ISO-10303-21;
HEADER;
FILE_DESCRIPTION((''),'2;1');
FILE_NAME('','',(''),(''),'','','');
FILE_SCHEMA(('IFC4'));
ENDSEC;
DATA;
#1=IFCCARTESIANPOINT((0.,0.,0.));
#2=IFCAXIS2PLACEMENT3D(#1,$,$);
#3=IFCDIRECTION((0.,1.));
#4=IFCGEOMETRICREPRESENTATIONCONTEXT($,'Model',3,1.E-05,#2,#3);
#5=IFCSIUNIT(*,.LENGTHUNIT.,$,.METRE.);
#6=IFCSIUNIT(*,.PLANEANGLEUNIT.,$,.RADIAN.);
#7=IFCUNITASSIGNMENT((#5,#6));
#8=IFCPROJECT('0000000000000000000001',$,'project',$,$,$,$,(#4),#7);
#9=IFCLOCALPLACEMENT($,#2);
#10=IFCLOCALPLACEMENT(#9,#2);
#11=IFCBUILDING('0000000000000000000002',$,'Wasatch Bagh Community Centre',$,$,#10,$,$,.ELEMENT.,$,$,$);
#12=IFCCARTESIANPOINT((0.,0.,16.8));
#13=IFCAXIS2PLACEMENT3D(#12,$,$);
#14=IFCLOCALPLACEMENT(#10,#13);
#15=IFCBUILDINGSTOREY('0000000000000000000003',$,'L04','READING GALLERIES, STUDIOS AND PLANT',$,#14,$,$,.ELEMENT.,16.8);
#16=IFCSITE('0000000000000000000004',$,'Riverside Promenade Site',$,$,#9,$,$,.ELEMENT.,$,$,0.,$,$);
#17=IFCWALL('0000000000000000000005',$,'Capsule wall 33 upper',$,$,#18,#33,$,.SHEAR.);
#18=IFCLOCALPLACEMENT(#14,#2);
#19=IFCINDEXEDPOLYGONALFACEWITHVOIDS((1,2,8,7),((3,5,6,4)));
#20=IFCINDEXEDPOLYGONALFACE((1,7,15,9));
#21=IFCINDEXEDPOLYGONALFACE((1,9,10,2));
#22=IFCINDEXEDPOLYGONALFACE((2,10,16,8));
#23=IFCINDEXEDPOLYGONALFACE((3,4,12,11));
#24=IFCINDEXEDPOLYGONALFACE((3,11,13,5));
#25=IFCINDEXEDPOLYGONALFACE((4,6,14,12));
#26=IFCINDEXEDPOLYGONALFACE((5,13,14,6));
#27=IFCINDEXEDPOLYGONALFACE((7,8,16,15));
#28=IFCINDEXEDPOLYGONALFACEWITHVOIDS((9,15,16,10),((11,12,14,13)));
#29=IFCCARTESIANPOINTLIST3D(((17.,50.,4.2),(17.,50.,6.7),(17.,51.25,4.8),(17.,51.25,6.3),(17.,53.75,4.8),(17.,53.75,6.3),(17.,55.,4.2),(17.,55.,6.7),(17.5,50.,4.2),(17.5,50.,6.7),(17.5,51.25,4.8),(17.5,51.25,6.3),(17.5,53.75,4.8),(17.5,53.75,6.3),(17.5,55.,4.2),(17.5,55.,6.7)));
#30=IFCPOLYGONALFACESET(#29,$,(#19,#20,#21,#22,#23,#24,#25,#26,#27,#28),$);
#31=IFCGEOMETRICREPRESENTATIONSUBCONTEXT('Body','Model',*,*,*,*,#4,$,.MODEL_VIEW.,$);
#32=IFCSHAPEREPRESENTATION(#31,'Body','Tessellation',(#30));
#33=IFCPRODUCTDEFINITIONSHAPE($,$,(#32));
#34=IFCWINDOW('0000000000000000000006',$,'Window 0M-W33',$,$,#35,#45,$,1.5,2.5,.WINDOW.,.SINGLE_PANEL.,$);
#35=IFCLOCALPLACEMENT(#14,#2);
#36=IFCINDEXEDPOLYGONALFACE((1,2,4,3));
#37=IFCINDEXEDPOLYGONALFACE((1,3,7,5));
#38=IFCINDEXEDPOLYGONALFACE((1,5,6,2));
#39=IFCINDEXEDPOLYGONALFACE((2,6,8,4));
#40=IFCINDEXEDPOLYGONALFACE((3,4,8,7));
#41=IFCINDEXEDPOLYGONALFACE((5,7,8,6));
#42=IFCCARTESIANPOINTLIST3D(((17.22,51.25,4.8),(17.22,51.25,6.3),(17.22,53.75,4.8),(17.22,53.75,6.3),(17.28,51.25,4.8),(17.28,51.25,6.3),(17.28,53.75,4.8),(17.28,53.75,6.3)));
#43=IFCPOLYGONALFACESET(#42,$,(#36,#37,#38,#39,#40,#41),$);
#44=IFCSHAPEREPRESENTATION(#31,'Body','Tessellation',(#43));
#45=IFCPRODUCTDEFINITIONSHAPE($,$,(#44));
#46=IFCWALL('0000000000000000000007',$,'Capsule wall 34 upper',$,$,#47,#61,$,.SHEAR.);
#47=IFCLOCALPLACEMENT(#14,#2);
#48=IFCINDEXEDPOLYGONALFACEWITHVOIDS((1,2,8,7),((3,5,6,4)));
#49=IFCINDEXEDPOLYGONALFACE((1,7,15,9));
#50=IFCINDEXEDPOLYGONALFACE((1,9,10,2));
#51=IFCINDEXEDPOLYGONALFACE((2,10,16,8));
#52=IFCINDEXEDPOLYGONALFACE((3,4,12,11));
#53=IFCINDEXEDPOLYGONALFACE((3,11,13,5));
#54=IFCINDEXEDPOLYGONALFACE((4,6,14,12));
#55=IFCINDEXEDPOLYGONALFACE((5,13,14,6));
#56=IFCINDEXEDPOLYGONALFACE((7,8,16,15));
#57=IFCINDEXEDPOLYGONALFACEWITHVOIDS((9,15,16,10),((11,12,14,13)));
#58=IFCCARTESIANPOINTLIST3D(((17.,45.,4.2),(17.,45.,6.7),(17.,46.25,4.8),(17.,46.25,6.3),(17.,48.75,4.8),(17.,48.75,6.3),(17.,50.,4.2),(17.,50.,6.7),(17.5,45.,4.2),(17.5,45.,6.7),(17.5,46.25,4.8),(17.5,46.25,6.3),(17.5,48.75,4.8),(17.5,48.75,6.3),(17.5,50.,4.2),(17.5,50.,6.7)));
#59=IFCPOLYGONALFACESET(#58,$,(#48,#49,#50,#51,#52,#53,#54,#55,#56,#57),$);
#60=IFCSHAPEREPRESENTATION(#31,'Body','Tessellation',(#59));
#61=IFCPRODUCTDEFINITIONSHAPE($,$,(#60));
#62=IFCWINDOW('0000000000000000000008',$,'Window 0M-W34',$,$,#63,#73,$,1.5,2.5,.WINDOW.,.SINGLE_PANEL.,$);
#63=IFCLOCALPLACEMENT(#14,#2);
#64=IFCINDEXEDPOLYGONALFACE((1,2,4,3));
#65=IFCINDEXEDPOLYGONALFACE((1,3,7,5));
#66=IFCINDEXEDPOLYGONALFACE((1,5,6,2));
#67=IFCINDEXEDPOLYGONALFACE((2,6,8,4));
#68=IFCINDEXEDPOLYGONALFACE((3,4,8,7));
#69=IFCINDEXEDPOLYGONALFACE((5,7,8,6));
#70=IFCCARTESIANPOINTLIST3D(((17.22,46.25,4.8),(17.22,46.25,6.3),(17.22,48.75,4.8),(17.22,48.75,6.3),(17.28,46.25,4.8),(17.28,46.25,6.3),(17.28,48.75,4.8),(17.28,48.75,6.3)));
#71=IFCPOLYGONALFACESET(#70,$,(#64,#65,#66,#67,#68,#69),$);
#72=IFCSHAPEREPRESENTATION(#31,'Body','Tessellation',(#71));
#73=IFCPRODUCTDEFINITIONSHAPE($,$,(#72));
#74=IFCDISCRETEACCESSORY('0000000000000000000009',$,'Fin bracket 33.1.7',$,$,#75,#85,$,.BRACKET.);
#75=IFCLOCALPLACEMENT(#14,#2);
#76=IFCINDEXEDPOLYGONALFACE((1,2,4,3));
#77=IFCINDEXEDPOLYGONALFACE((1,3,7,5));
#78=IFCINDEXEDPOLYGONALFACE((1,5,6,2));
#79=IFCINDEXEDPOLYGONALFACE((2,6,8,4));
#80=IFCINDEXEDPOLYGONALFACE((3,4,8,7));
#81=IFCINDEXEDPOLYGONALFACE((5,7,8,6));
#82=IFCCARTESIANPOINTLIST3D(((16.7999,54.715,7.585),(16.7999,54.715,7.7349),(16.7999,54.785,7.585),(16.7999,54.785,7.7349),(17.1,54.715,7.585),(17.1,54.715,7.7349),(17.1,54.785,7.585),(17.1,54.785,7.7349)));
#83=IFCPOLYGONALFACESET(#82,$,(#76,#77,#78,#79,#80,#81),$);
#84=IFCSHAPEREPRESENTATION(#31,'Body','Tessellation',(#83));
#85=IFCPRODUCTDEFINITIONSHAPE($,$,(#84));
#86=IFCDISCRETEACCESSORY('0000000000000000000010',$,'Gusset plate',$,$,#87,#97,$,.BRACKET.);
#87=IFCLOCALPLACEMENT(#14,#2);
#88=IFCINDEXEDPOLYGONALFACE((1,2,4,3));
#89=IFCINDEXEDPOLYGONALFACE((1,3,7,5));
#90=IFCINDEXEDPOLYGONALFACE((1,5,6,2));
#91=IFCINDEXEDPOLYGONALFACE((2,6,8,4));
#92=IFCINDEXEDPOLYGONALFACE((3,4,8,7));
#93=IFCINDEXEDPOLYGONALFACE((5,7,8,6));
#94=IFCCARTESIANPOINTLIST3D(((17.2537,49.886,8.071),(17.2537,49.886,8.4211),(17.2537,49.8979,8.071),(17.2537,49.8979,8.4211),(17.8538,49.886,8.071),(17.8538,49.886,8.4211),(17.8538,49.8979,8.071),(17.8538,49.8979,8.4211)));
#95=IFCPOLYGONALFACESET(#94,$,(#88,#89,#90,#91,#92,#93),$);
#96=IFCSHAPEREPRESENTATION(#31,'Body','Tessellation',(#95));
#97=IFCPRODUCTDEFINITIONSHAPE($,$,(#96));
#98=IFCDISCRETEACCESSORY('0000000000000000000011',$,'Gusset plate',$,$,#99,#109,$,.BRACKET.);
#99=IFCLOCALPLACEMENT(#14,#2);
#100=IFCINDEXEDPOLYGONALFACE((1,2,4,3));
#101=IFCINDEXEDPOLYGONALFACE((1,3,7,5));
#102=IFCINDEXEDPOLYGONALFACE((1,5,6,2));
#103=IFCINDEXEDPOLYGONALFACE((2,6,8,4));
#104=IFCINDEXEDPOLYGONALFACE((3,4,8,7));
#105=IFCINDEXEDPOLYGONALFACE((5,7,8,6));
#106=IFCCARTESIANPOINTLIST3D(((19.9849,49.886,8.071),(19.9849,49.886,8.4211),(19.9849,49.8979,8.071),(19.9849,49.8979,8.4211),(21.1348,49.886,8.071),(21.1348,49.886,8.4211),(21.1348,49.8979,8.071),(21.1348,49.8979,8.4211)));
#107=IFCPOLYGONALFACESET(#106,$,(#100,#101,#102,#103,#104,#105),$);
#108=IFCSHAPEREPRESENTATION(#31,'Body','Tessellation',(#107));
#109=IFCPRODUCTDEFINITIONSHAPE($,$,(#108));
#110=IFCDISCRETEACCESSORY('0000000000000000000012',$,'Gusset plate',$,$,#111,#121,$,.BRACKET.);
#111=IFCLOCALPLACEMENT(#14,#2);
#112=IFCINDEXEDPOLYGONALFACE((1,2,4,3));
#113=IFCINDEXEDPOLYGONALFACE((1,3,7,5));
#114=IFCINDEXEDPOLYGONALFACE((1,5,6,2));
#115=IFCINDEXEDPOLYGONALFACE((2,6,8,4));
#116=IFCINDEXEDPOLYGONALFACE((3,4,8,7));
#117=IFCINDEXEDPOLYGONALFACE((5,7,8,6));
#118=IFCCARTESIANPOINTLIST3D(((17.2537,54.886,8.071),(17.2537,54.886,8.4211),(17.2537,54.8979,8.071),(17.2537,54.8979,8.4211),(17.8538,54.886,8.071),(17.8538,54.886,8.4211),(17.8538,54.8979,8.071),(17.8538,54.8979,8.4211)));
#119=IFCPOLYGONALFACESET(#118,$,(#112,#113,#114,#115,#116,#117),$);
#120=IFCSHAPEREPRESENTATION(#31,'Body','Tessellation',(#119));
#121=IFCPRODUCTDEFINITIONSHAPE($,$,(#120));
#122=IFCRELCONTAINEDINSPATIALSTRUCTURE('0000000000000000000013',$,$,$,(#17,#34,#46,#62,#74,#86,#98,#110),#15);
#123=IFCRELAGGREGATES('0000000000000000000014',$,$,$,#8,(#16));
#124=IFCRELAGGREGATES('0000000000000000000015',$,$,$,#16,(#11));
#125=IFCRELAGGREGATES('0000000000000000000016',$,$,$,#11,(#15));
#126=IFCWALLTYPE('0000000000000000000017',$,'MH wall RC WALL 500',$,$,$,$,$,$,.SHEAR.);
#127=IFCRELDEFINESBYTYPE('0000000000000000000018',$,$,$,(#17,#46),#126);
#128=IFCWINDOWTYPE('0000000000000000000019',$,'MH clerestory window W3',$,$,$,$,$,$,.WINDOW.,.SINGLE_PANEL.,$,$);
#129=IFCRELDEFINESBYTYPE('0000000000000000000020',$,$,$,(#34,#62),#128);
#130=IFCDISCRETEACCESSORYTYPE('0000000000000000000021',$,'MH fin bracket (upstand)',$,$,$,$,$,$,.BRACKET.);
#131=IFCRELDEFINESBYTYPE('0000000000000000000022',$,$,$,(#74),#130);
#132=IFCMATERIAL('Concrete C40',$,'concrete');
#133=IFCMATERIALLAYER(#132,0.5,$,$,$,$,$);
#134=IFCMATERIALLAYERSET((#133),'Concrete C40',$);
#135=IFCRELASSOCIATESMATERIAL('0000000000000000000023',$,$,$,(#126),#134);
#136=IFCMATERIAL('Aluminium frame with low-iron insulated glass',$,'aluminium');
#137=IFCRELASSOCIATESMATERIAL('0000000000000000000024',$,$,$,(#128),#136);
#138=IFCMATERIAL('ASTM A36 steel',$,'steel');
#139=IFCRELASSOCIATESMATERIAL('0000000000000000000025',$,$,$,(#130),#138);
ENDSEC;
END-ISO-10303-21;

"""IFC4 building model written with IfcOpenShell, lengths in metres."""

from ifc_helpers import new_model, si_unit, direction, frame, frame_2d, origin, origin_2d, place, context, subcontext, project, spatial, polyline, rectangle, outline, extrude, material, layer, layer_set, type_object, element, fill, save


model = new_model("IFC4")

# Units and contexts
model_context = context("Model", 3, precision=1e-05, world=origin(), true_north=direction((0.0, 1.0)))
body_context = subcontext(model_context, "Body", "Model", "MODEL_VIEW")
ifc_project = project(units=[si_unit("LENGTHUNIT", "METRE"), si_unit("PLANEANGLEUNIT", "RADIAN")], contexts=[model_context])

# Site, building, storey
site_placement = place(None, origin())
site = spatial("IfcSite", under=ifc_project, at=site_placement, Name="Riverside Promenade Site", CompositionType="ELEMENT", RefElevation=0.0)
building_placement = place(site_placement, origin())
building = spatial("IfcBuilding", under=site, at=building_placement, Name="Wasatch Bagh Community Centre", CompositionType="ELEMENT")
storey_placement = place(building_placement, frame((0.0, 0.0, 16.8)))
storey = spatial("IfcBuildingStorey", under=building, at=storey_placement, Name="L04", Description="READING GALLERIES, STUDIOS AND PLANT", CompositionType="ELEMENT", Elevation=16.8)

# Shared definitions
ifc_material_1 = material(Name="Concrete C40", Category="concrete")

# Shared definitions
ifc_material_2 = material(Name="ASTM A36 steel", Category="steel")

# Walls, openings, windows
ifc_layer_1 = layer(ifc_material_1, 0.5)
ifc_layer_set_1 = layer_set([ifc_layer_1], Name="Concrete C40")
wall_type_1 = type_object("IfcWallType", Name="MH wall RC WALL 500", PredefinedType="SHEAR", material=ifc_layer_set_1)
ifc_material_3 = material(Name="Aluminium frame with low-iron insulated glass", Category="aluminium")
wall_1_placement = place(storey_placement, frame((17.25, 55.0, 4.2), z_axis=(0.0, 0.0, 1.0), x_axis=(0.0, -1.0, 0.0)))
wall_1 = element("IfcWall", 1, at=wall_1_placement, inside=storey, type_object=wall_type_1, Name="Capsule wall 33 upper", PredefinedType="SHEAR", context=body_context, shape_type="SweptSolid", body=[
    extrude(rectangle(XDim=5.0, YDim=0.5, at=frame_2d((2.5, 0.0))), origin(), (0.0, 0.0, 1.0), 2.5),
])
opening_1_placement = place(wall_1_placement, frame((1.25, 0.0, 0.6001)))
opening_1 = element("IfcOpeningElement", 2, at=opening_1_placement, cuts=wall_1, PredefinedType="OPENING", context=body_context, shape_type="SweptSolid", body=[
    extrude(rectangle(XDim=2.5, YDim=1.5, at=frame_2d((1.25, 0.75))), frame((0.0, 0.26, 0.0), z_axis=(0.0, -1.0, 0.0), x_axis=(1.0, 0.0, 0.0)), (0.0, 0.0, 1.0), 0.52),
])
window_type_1 = type_object("IfcWindowType", Name="MH clerestory window W3", PartitioningType="SINGLE_PANEL", PredefinedType="WINDOW", material=ifc_material_3)
window_1_placement = place(opening_1_placement, origin())
window_1 = element("IfcWindow", 3, at=window_1_placement, inside=storey, type_object=window_type_1, Name="Window 0M-W33", OverallHeight=1.5, OverallWidth=2.5, PartitioningType="SINGLE_PANEL", PredefinedType="WINDOW", context=body_context, shape_type="SweptSolid", body=[
    extrude(rectangle(XDim=2.5, YDim=1.5, at=frame_2d((1.25, 0.75))), frame((0.0, 0.03, 0.0), z_axis=(0.0, -1.0, 0.0), x_axis=(1.0, 0.0, 0.0)), (0.0, 0.0, 1.0), 0.0601),
])
fill(opening_1, window_1)
wall_2_placement = place(storey_placement, frame((17.25, 50.0, 4.2), z_axis=(0.0, 0.0, 1.0), x_axis=(0.0, -1.0, 0.0)))
wall_2 = element("IfcWall", 4, at=wall_2_placement, inside=storey, type_object=wall_type_1, Name="Capsule wall 34 upper", PredefinedType="SHEAR", context=body_context, shape_type="SweptSolid", body=[
    extrude(rectangle(XDim=5.0, YDim=0.5, at=frame_2d((2.5, 0.0))), origin(), (0.0, 0.0, 1.0), 2.5),
])
opening_2_placement = place(wall_2_placement, frame((1.25, 0.0, 0.6001)))
opening_2 = element("IfcOpeningElement", 5, at=opening_2_placement, cuts=wall_2, PredefinedType="OPENING", context=body_context, shape_type="SweptSolid", body=[
    extrude(rectangle(XDim=2.5, YDim=1.5, at=frame_2d((1.25, 0.75))), frame((0.0, 0.26, 0.0), z_axis=(0.0, -1.0, 0.0), x_axis=(1.0, 0.0, 0.0)), (0.0, 0.0, 1.0), 0.52),
])
window_2_placement = place(opening_2_placement, origin())
window_2 = element("IfcWindow", 6, at=window_2_placement, inside=storey, type_object=window_type_1, Name="Window 0M-W34", OverallHeight=1.5, OverallWidth=2.5, PartitioningType="SINGLE_PANEL", PredefinedType="WINDOW", context=body_context, shape_type="SweptSolid", body=[
    extrude(rectangle(XDim=2.5, YDim=1.5, at=frame_2d((1.25, 0.75))), frame((0.0, 0.03, 0.0), z_axis=(0.0, -1.0, 0.0), x_axis=(1.0, 0.0, 0.0)), (0.0, 0.0, 1.0), 0.0601),
])
fill(opening_2, window_2)

# Discrete accessories
discrete_accessory_type = type_object("IfcDiscreteAccessoryType", Name="MH fin bracket (upstand)", PredefinedType="BRACKET", material=ifc_material_2)
discrete_accessory_1_placement = place(storey_placement, frame((16.95, 54.75, 7.585), z_axis=(0.0, 0.0, 1.0), x_axis=(0.0, -1.0, 0.0)))
element("IfcDiscreteAccessory", 7, at=discrete_accessory_1_placement, inside=storey, type_object=discrete_accessory_type, Name="Fin bracket 33.1.7", PredefinedType="BRACKET", context=body_context, shape_type="SweptSolid", body=[
    extrude(rectangle(XDim=0.0701, YDim=0.3, at=origin_2d()), origin(), (0.0, 0.0, 1.0), 0.1499),
])
discrete_accessory_2_placement = place(storey_placement, frame((17.2537, 49.886, 8.071), z_axis=(0.0, -1.0, 0.0), x_axis=(1.0, 0.0, 0.0)))
element("IfcDiscreteAccessory", 8, at=discrete_accessory_2_placement, inside=storey, Name="Gusset plate", PredefinedType="BRACKET", context=body_context, shape_type="SweptSolid", body=[
    extrude(outline(polyline([(0.0, 0.0), (0.6001, 0.0), (0.6001, 0.3501), (0.0, 0.3501), (0.0, 0.0)])), origin(), (0.0, 0.0, -1.0), 0.012),
])
discrete_accessory_3_placement = place(storey_placement, frame((19.9849, 49.886, 8.071), z_axis=(0.0, -1.0, 0.0), x_axis=(1.0, 0.0, 0.0)))
element("IfcDiscreteAccessory", 9, at=discrete_accessory_3_placement, inside=storey, Name="Gusset plate", PredefinedType="BRACKET", context=body_context, shape_type="SweptSolid", body=[
    extrude(outline(polyline([(0.0, 0.0), (1.1499, 0.0), (1.1499, 0.3501), (0.0, 0.3501), (0.0, 0.0)])), origin(), (0.0, 0.0, -1.0), 0.012),
])
discrete_accessory_4_placement = place(storey_placement, frame((17.2537, 54.886, 8.071), z_axis=(0.0, -1.0, 0.0), x_axis=(1.0, 0.0, 0.0)))
element("IfcDiscreteAccessory", 10, at=discrete_accessory_4_placement, inside=storey, Name="Gusset plate", PredefinedType="BRACKET", context=body_context, shape_type="SweptSolid", body=[
    extrude(outline(polyline([(0.0, 0.0), (0.6001, 0.0), (0.6001, 0.3501), (0.0, 0.3501), (0.0, 0.0)])), origin(), (0.0, 0.0, -1.0), 0.012),
])

save(model, "model.ifc")
